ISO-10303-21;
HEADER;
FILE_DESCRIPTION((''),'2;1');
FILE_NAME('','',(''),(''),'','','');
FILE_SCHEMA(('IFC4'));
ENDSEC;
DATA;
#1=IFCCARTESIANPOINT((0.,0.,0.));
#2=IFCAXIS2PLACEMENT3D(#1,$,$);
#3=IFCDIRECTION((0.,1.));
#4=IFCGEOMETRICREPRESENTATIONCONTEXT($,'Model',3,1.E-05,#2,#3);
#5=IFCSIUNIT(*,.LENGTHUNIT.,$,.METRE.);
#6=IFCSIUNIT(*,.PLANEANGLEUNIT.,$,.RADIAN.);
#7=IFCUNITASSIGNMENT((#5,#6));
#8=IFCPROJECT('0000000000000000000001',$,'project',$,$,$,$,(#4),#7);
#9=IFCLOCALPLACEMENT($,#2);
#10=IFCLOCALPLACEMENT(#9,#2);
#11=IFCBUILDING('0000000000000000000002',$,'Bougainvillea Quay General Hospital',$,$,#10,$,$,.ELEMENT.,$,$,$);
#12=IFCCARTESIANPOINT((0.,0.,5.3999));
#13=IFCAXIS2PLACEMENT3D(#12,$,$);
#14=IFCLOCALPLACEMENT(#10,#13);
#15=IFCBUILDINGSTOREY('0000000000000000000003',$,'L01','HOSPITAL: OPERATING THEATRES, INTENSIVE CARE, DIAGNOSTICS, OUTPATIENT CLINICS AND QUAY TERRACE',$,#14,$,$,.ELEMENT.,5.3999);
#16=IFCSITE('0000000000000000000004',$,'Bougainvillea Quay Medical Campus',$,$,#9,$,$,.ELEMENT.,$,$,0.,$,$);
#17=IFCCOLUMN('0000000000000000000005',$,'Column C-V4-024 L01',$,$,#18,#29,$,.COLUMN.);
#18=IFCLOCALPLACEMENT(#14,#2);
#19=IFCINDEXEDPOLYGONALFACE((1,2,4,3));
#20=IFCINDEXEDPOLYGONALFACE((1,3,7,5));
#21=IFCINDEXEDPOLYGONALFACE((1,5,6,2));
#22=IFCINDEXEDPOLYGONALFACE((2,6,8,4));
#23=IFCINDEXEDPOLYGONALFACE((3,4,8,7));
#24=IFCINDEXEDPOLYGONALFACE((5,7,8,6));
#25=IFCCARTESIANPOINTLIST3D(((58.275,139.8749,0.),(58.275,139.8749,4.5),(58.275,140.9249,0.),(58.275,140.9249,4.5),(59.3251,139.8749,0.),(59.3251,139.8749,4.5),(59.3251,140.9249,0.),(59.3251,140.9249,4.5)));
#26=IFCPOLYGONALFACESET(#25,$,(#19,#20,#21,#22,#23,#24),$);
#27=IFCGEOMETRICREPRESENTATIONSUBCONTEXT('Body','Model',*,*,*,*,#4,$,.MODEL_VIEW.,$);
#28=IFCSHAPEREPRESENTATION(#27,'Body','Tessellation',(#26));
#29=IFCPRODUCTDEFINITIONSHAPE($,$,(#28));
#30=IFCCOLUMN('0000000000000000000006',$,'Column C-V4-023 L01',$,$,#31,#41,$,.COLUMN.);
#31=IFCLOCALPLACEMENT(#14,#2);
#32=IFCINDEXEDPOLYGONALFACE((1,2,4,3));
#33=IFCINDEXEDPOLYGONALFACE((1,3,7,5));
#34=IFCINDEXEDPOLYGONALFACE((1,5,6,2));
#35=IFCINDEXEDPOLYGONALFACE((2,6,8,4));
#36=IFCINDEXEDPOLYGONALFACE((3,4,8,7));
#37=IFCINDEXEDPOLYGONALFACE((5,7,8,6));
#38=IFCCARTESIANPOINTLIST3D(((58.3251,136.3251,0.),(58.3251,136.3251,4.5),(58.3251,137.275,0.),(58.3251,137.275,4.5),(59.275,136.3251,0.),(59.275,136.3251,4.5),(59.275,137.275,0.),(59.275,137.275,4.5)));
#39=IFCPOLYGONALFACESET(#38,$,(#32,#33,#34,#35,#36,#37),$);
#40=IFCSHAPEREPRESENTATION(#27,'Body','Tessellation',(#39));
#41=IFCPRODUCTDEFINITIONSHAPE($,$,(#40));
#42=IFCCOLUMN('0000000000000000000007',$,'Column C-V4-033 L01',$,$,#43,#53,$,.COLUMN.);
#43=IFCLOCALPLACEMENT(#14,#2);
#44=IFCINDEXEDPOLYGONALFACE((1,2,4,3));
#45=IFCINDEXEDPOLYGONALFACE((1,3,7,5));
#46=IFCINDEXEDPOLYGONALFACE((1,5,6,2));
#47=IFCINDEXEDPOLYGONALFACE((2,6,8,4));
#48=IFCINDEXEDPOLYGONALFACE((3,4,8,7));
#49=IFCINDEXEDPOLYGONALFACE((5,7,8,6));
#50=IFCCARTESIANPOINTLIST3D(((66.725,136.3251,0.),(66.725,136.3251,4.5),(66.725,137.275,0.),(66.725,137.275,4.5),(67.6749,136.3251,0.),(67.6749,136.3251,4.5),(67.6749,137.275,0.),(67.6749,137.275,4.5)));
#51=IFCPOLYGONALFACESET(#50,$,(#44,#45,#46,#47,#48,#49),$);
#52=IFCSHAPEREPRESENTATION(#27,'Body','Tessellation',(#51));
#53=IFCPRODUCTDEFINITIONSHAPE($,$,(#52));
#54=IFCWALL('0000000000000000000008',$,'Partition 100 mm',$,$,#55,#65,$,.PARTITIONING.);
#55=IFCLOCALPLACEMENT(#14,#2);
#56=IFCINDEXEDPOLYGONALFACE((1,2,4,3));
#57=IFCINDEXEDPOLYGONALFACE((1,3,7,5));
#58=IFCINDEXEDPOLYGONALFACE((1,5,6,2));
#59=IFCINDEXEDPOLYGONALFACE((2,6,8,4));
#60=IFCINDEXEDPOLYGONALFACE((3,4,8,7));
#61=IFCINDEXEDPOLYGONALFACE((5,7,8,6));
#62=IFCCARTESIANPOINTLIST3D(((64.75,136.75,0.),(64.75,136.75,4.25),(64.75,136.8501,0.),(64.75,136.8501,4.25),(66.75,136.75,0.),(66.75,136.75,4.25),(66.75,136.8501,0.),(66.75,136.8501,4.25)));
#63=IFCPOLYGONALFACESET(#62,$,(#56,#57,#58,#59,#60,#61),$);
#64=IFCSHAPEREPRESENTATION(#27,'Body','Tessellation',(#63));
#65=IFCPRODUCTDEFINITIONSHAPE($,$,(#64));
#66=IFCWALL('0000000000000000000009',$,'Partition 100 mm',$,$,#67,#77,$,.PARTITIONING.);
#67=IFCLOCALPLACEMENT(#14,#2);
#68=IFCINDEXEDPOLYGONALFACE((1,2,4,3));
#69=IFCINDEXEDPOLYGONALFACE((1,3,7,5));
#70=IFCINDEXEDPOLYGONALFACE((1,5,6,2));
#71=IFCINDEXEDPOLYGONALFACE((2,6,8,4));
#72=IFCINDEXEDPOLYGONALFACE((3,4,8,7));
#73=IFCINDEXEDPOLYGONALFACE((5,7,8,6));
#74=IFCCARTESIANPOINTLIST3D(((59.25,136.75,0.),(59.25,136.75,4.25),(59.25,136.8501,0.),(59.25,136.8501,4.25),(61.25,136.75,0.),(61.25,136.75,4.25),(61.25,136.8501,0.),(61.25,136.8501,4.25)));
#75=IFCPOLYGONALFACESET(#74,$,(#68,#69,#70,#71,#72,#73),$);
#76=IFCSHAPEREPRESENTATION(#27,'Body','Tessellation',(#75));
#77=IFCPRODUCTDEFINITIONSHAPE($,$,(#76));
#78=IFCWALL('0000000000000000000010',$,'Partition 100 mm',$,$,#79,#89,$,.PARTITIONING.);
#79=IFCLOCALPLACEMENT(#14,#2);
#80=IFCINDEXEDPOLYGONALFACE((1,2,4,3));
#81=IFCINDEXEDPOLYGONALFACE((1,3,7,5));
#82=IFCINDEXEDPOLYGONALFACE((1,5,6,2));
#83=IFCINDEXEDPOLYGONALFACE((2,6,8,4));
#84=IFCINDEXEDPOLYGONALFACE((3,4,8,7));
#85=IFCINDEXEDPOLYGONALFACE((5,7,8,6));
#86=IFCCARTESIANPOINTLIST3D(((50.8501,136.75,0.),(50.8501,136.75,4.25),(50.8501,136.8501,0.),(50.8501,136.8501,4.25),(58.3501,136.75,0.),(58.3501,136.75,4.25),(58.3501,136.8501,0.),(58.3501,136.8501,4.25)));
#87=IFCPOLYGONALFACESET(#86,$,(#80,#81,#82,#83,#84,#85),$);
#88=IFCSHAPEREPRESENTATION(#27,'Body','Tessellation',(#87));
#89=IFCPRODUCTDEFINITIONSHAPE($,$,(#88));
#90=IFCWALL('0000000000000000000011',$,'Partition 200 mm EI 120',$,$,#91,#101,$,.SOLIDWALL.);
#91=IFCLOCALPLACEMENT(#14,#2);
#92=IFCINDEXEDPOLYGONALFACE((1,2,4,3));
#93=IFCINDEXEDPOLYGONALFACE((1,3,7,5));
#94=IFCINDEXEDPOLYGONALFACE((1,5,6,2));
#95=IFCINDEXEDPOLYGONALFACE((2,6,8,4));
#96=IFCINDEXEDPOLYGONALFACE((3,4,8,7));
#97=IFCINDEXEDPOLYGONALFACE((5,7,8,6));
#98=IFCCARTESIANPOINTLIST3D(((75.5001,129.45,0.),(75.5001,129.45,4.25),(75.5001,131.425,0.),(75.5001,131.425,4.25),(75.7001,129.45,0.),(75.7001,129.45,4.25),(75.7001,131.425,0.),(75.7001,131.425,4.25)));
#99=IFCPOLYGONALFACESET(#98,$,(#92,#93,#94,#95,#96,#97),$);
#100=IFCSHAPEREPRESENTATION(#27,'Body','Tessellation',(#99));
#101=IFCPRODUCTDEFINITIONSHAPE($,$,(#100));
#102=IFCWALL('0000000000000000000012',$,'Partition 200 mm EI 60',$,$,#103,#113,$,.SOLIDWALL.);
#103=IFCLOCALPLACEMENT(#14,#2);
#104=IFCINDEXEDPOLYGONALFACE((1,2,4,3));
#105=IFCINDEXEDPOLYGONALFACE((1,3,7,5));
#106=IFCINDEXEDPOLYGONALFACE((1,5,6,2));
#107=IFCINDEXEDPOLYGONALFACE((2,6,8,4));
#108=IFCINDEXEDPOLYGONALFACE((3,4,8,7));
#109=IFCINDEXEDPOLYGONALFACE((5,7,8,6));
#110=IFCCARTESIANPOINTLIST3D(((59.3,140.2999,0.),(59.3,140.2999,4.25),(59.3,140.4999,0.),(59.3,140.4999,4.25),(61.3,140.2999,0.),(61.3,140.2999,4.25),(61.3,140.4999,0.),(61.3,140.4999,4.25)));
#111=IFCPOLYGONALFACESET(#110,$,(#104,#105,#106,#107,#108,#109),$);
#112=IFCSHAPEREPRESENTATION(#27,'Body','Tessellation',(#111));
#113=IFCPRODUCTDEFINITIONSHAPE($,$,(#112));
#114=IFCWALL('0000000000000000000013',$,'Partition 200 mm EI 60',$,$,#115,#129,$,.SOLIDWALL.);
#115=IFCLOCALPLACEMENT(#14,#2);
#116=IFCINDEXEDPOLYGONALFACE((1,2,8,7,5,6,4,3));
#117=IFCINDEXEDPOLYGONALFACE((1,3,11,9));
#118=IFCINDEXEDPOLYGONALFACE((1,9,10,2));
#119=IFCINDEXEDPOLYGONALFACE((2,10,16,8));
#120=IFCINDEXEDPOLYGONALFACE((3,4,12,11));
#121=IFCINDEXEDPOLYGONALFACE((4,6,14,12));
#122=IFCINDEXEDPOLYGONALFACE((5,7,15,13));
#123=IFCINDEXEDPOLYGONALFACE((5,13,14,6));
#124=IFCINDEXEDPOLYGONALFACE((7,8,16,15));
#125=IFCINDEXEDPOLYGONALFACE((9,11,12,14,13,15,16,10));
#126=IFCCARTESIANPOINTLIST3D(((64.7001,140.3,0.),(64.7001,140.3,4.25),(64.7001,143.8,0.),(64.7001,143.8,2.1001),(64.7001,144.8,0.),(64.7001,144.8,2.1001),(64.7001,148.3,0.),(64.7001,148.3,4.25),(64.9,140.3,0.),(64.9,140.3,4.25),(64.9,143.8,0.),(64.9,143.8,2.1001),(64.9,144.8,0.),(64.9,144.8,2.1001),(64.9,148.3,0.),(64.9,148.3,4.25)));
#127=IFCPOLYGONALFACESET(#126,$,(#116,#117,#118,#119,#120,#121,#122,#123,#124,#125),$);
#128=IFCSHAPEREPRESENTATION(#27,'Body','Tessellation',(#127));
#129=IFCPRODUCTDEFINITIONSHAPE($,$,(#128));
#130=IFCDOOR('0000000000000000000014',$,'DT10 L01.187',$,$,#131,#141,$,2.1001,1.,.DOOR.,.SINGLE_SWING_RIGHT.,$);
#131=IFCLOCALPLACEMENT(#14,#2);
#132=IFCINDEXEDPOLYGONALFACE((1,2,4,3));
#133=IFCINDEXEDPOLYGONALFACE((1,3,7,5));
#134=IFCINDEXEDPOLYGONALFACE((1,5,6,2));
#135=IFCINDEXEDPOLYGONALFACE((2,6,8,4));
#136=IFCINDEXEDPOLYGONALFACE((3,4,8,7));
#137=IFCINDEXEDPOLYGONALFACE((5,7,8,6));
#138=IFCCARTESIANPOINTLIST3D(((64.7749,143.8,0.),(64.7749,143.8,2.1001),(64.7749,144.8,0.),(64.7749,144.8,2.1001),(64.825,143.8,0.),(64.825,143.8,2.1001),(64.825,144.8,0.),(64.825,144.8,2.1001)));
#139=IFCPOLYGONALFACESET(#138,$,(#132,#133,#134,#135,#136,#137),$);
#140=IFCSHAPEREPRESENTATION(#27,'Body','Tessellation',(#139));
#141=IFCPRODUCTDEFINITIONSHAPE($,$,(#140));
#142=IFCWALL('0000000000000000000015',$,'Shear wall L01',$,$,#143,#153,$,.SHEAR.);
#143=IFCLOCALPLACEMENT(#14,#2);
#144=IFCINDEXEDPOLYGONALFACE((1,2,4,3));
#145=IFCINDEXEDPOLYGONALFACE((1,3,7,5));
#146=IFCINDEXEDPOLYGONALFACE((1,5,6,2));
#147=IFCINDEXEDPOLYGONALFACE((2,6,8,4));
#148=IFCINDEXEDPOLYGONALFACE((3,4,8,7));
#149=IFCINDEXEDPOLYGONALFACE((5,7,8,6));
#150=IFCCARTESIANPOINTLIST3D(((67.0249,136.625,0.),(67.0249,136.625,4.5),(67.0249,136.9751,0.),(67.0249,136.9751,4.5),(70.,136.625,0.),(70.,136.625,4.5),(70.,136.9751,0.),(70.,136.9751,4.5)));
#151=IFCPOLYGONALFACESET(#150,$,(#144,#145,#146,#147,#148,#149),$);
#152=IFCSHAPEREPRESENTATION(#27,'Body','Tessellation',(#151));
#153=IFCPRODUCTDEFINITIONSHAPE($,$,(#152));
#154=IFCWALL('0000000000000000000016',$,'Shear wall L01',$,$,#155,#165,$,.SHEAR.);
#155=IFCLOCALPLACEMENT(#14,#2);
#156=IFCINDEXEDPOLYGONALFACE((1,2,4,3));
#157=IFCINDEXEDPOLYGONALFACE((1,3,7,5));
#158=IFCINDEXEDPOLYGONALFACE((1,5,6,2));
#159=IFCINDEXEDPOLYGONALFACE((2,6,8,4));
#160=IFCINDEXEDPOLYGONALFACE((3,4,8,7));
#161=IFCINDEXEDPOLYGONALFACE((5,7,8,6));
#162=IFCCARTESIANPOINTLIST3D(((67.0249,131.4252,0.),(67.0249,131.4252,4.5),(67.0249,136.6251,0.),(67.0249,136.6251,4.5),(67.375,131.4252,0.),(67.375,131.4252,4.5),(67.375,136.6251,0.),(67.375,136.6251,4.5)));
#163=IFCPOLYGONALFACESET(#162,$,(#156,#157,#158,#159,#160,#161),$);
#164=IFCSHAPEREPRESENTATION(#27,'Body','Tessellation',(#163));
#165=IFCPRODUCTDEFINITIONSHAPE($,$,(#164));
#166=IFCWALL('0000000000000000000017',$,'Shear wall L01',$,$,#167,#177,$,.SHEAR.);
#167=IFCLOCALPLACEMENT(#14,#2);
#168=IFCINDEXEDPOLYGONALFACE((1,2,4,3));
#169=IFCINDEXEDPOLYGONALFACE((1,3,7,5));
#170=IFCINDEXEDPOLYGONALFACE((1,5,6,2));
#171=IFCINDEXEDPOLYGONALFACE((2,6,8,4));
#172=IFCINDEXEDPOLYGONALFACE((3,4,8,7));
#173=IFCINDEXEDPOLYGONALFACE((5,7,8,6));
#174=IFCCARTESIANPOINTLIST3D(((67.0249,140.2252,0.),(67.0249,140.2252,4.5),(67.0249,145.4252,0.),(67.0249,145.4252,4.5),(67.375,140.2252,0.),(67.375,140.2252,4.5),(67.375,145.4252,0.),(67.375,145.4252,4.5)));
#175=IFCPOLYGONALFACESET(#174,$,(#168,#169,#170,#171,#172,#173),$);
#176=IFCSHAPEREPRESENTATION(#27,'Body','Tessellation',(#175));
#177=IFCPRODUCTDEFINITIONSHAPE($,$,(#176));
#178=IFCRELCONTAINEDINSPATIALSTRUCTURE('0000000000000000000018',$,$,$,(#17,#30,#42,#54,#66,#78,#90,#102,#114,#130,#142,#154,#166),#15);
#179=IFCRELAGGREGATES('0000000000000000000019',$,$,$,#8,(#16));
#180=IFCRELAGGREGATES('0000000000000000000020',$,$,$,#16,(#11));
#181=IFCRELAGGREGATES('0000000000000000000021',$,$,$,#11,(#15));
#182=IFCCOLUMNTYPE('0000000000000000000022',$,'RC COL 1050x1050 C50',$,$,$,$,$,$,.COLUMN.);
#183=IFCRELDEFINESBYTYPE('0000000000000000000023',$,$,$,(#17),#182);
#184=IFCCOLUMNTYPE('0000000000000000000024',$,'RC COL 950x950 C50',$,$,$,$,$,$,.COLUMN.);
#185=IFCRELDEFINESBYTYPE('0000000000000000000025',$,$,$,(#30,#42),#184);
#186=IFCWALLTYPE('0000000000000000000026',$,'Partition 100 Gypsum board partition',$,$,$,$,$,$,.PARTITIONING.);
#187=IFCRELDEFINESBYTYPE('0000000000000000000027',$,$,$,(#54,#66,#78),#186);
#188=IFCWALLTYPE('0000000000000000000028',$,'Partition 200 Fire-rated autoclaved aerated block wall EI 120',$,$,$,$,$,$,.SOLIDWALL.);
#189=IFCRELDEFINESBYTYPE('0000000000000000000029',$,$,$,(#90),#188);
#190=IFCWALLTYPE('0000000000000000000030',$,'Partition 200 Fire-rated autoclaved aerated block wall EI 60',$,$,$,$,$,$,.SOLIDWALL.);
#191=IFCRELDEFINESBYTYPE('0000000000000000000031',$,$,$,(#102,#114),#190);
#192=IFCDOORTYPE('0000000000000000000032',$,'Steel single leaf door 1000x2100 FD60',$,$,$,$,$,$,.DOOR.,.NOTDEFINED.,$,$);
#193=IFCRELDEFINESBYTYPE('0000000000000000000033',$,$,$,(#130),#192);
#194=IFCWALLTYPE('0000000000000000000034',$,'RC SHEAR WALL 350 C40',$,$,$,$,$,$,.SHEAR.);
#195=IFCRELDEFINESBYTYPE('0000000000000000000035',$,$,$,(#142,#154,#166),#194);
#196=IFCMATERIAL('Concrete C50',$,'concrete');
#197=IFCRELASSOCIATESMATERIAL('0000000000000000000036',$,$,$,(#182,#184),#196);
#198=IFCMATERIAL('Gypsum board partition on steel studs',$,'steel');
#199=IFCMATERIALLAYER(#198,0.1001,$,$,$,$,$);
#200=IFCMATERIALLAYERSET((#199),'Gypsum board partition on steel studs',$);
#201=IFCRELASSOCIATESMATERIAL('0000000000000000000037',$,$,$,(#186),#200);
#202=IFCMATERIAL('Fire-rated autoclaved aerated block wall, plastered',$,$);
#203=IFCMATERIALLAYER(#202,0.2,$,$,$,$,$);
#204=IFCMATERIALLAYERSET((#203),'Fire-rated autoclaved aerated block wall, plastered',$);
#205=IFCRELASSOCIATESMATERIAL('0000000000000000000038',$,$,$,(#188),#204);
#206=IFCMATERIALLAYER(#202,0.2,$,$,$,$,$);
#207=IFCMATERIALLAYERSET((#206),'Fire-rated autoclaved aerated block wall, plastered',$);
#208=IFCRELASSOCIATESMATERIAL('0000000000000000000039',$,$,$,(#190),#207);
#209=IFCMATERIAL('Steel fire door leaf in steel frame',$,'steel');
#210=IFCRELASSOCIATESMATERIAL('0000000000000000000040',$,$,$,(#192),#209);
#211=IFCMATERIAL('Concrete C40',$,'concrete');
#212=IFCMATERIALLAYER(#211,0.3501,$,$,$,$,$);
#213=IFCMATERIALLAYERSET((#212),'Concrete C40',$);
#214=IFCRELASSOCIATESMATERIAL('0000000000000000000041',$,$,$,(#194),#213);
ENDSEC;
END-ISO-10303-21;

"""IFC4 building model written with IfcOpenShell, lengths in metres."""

from ifc_helpers import new_model, si_unit, direction, frame, frame_2d, origin, origin_2d, place, context, subcontext, project, spatial, rectangle, extrude, material, layer, layer_set, material_profile, profile_set, type_object, element, fill, save


model = new_model("IFC4")

# Units and contexts
model_context = context("Model", 3, precision=1e-05, world=origin(), true_north=direction((0.0, 1.0)))
body_context = subcontext(model_context, "Body", "Model", "MODEL_VIEW")
ifc_project = project(units=[si_unit("LENGTHUNIT", "METRE"), si_unit("PLANEANGLEUNIT", "RADIAN")], contexts=[model_context])

# Site, building, storey
site_placement = place(None, origin())
site = spatial("IfcSite", under=ifc_project, at=site_placement, Name="Bougainvillea Quay Medical Campus", CompositionType="ELEMENT", RefElevation=0.0)
building_placement = place(site_placement, origin())
building = spatial("IfcBuilding", under=site, at=building_placement, Name="Bougainvillea Quay General Hospital", CompositionType="ELEMENT")
storey_placement = place(building_placement, frame((0.0, 0.0, 5.3999)))
storey = spatial("IfcBuildingStorey", under=building, at=storey_placement, Name="L01", Description="HOSPITAL: OPERATING THEATRES, INTENSIVE CARE, DIAGNOSTICS, OUTPATIENT CLINICS AND QUAY TERRACE", CompositionType="ELEMENT", Elevation=5.3999)

# Columns
ifc_material_1 = material(Name="Concrete C50", Category="concrete")
ifc_material_profile_1 = material_profile(ifc_material_1, rectangle(XDim=1.05, YDim=1.05, at=origin_2d()))
ifc_profile_set_1 = profile_set([ifc_material_profile_1], Name="Concrete C50")
column_type_1 = type_object("IfcColumnType", Name="RC COL 1050x1050 C50", PredefinedType="COLUMN", material=ifc_profile_set_1)
column_placement = place(storey_placement, frame((58.8, 140.3999, 0.0), z_axis=(0.0, 0.0, 1.0), x_axis=(1.0, 0.0, 0.0)))
element("IfcColumn", 1, at=column_placement, inside=storey, type_object=column_type_1, Name="Column C-V4-024 L01", PredefinedType="COLUMN", context=body_context, shape_type="SweptSolid", body=[
    extrude(rectangle(XDim=1.05, YDim=1.05, at=origin_2d()), origin(), (0.0, 0.0, 1.0), 4.5),
])
ifc_material_profile_2 = material_profile(ifc_material_1, rectangle(XDim=0.95, YDim=0.95, at=origin_2d()))
ifc_profile_set_2 = profile_set([ifc_material_profile_2], Name="Concrete C50")
column_type_2 = type_object("IfcColumnType", Name="RC COL 950x950 C50", PredefinedType="COLUMN", material=ifc_profile_set_2)
for number, where, z_axis, x_axis, name in (
    (2, (58.8, 136.8, 0.0), (0.0, 0.0, 1.0), (1.0, 0.0, 0.0), "Column C-V4-023 L01"),
    (3, (67.2, 136.8, 0.0), (0.0, 0.0, 1.0), (1.0, 0.0, 0.0), "Column C-V4-033 L01"),
):
    element("IfcColumn", number, at=place(storey_placement, frame(where, z_axis=z_axis, x_axis=x_axis)), inside=storey, type_object=column_type_2, Name=name, PredefinedType="COLUMN", context=body_context, shape_type="SweptSolid", body=[
        extrude(rectangle(XDim=0.95, YDim=0.95, at=origin_2d()), origin(), (0.0, 0.0, 1.0), 4.5),
    ])

# Walls
ifc_material_2 = material(Name="Gypsum board partition on steel studs", Category="steel")
ifc_layer_1 = layer(ifc_material_2, 0.1001)
ifc_layer_set_1 = layer_set([ifc_layer_1], Name="Gypsum board partition on steel studs")
wall_type_1 = type_object("IfcWallType", Name="Partition 100 Gypsum board partition", PredefinedType="PARTITIONING", material=ifc_layer_set_1)
for number, where, z_axis, x_axis, name in (
    (4, (66.75, 136.8, 0.0), (0.0, 0.0, 1.0), (-1.0, 0.0, 0.0), "Partition 100 mm"),
    (5, (61.25, 136.8, 0.0), (0.0, 0.0, 1.0), (-1.0, 0.0, 0.0), "Partition 100 mm"),
):
    element("IfcWall", number, at=place(storey_placement, frame(where, z_axis=z_axis, x_axis=x_axis)), inside=storey, type_object=wall_type_1, Name=name, PredefinedType="PARTITIONING", context=body_context, shape_type="SweptSolid", body=[
        extrude(rectangle(XDim=2.0, YDim=0.1001, at=frame_2d((1.0, 0.0))), origin(), (0.0, 0.0, 1.0), 4.25),
    ])
wall_1_placement = place(storey_placement, frame((58.3501, 136.8, 0.0), z_axis=(0.0, 0.0, 1.0), x_axis=(-1.0, 0.0, 0.0)))
element("IfcWall", 6, at=wall_1_placement, inside=storey, type_object=wall_type_1, Name="Partition 100 mm", PredefinedType="PARTITIONING", context=body_context, shape_type="SweptSolid", body=[
    extrude(rectangle(XDim=7.5, YDim=0.1001, at=frame_2d((3.75, 0.0))), origin(), (0.0, 0.0, 1.0), 4.25),
])
ifc_material_3 = material(Name="Fire-rated autoclaved aerated block wall, plastered")
ifc_layer_2 = layer(ifc_material_3, 0.2)
ifc_layer_set_2 = layer_set([ifc_layer_2], Name="Fire-rated autoclaved aerated block wall, plastered")
wall_type_2 = type_object("IfcWallType", Name="Partition 200 Fire-rated autoclaved aerated block wall EI 120", PredefinedType="SOLIDWALL", material=ifc_layer_set_2)
wall_2_placement = place(storey_placement, frame((75.6001, 129.45, 0.0), z_axis=(0.0, 0.0, 1.0), x_axis=(0.0, 1.0, 0.0)))
element("IfcWall", 7, at=wall_2_placement, inside=storey, type_object=wall_type_2, Name="Partition 200 mm EI 120", PredefinedType="SOLIDWALL", context=body_context, shape_type="SweptSolid", body=[
    extrude(rectangle(XDim=1.9751, YDim=0.2, at=frame_2d((0.9875, 0.0))), origin(), (0.0, 0.0, 1.0), 4.25),
])
ifc_layer_3 = layer(ifc_material_3, 0.2)
ifc_layer_set_3 = layer_set([ifc_layer_3], Name="Fire-rated autoclaved aerated block wall, plastered")
wall_type_3 = type_object("IfcWallType", Name="Partition 200 Fire-rated autoclaved aerated block wall EI 60", PredefinedType="SOLIDWALL", material=ifc_layer_set_3)
wall_3_placement = place(storey_placement, frame((59.3, 140.3999, 0.0), z_axis=(0.0, 0.0, 1.0), x_axis=(1.0, 0.0, 0.0)))
element("IfcWall", 8, at=wall_3_placement, inside=storey, type_object=wall_type_3, Name="Partition 200 mm EI 60", PredefinedType="SOLIDWALL", context=body_context, shape_type="SweptSolid", body=[
    extrude(rectangle(XDim=2.0, YDim=0.2, at=frame_2d((1.0, 0.0))), origin(), (0.0, 0.0, 1.0), 4.25),
])

# Wall, opening, door
wall_4_placement = place(storey_placement, frame((64.8, 140.3, 0.0), z_axis=(0.0, 0.0, 1.0), x_axis=(0.0, 1.0, 0.0)))
wall_4 = element("IfcWall", 9, at=wall_4_placement, inside=storey, type_object=wall_type_3, Name="Partition 200 mm EI 60", PredefinedType="SOLIDWALL", context=body_context, shape_type="SweptSolid", body=[
    extrude(rectangle(XDim=8.0, YDim=0.2, at=frame_2d((4.0, 0.0))), origin(), (0.0, 0.0, 1.0), 4.25),
])
opening_1_placement = place(wall_4_placement, frame((3.5, 0.0, 0.0)))
opening_1 = element("IfcOpeningElement", 10, at=opening_1_placement, cuts=wall_4, PredefinedType="OPENING", context=body_context, shape_type="SweptSolid", body=[
    extrude(rectangle(XDim=1.0, YDim=2.1001, at=frame_2d((0.5, 1.05))), frame((0.0, 0.1099, 0.0), z_axis=(0.0, -1.0, 0.0), x_axis=(1.0, 0.0, 0.0)), (0.0, 0.0, 1.0), 0.22),
])
ifc_material_4 = material(Name="Steel fire door leaf in steel frame", Category="steel")
door_type_1 = type_object("IfcDoorType", Name="Steel single leaf door 1000x2100 FD60", OperationType="NOTDEFINED", PredefinedType="DOOR", material=ifc_material_4)
door_1_placement = place(opening_1_placement, frame((1.0, 0.0, 0.0), z_axis=(0.0, 0.0, 1.0), x_axis=(-1.0, 0.0, 0.0)))
door_1 = element("IfcDoor", 11, at=door_1_placement, inside=storey, type_object=door_type_1, Name="DT10 L01.187", OperationType="SINGLE_SWING_RIGHT", OverallHeight=2.1001, OverallWidth=1.0, PredefinedType="DOOR", context=body_context, shape_type="SweptSolid", body=[
    extrude(rectangle(XDim=1.0, YDim=2.1001, at=frame_2d((0.5, 1.05))), frame((0.0, 0.0249, 0.0), z_axis=(0.0, -1.0, 0.0), x_axis=(1.0, 0.0, 0.0)), (0.0, 0.0, 1.0), 0.05),
])
fill(opening_1, door_1)

# Walls
ifc_material_5 = material(Name="Concrete C40", Category="concrete")
ifc_layer_4 = layer(ifc_material_5, 0.3501)
ifc_layer_set_4 = layer_set([ifc_layer_4], Name="Concrete C40")
wall_type_4 = type_object("IfcWallType", Name="RC SHEAR WALL 350 C40", PredefinedType="SHEAR", material=ifc_layer_set_4)
wall_5_placement = place(storey_placement, frame((67.0249, 136.8, 0.0), z_axis=(0.0, 0.0, 1.0), x_axis=(1.0, 0.0, 0.0)))
element("IfcWall", 12, at=wall_5_placement, inside=storey, type_object=wall_type_4, Name="Shear wall L01", PredefinedType="SHEAR", context=body_context, shape_type="SweptSolid", body=[
    extrude(rectangle(XDim=2.9751, YDim=0.3501, at=frame_2d((1.4875, 0.0))), origin(), (0.0, 0.0, 1.0), 4.5),
])
for number, where, z_axis, x_axis, name in (
    (13, (67.2, 131.425, 0.0), (0.0, 0.0, 1.0), (0.0, 1.0, 0.0), "Shear wall L01"),
    (14, (67.2, 140.2251, 0.0), (0.0, 0.0, 1.0), (0.0, 1.0, 0.0), "Shear wall L01"),
):
    element("IfcWall", number, at=place(storey_placement, frame(where, z_axis=z_axis, x_axis=x_axis)), inside=storey, type_object=wall_type_4, Name=name, PredefinedType="SHEAR", context=body_context, shape_type="SweptSolid", body=[
        extrude(rectangle(XDim=5.2, YDim=0.3501, at=frame_2d((2.6001, 0.0))), origin(), (0.0, 0.0, 1.0), 4.5),
    ])

save(model, "model.ifc")
